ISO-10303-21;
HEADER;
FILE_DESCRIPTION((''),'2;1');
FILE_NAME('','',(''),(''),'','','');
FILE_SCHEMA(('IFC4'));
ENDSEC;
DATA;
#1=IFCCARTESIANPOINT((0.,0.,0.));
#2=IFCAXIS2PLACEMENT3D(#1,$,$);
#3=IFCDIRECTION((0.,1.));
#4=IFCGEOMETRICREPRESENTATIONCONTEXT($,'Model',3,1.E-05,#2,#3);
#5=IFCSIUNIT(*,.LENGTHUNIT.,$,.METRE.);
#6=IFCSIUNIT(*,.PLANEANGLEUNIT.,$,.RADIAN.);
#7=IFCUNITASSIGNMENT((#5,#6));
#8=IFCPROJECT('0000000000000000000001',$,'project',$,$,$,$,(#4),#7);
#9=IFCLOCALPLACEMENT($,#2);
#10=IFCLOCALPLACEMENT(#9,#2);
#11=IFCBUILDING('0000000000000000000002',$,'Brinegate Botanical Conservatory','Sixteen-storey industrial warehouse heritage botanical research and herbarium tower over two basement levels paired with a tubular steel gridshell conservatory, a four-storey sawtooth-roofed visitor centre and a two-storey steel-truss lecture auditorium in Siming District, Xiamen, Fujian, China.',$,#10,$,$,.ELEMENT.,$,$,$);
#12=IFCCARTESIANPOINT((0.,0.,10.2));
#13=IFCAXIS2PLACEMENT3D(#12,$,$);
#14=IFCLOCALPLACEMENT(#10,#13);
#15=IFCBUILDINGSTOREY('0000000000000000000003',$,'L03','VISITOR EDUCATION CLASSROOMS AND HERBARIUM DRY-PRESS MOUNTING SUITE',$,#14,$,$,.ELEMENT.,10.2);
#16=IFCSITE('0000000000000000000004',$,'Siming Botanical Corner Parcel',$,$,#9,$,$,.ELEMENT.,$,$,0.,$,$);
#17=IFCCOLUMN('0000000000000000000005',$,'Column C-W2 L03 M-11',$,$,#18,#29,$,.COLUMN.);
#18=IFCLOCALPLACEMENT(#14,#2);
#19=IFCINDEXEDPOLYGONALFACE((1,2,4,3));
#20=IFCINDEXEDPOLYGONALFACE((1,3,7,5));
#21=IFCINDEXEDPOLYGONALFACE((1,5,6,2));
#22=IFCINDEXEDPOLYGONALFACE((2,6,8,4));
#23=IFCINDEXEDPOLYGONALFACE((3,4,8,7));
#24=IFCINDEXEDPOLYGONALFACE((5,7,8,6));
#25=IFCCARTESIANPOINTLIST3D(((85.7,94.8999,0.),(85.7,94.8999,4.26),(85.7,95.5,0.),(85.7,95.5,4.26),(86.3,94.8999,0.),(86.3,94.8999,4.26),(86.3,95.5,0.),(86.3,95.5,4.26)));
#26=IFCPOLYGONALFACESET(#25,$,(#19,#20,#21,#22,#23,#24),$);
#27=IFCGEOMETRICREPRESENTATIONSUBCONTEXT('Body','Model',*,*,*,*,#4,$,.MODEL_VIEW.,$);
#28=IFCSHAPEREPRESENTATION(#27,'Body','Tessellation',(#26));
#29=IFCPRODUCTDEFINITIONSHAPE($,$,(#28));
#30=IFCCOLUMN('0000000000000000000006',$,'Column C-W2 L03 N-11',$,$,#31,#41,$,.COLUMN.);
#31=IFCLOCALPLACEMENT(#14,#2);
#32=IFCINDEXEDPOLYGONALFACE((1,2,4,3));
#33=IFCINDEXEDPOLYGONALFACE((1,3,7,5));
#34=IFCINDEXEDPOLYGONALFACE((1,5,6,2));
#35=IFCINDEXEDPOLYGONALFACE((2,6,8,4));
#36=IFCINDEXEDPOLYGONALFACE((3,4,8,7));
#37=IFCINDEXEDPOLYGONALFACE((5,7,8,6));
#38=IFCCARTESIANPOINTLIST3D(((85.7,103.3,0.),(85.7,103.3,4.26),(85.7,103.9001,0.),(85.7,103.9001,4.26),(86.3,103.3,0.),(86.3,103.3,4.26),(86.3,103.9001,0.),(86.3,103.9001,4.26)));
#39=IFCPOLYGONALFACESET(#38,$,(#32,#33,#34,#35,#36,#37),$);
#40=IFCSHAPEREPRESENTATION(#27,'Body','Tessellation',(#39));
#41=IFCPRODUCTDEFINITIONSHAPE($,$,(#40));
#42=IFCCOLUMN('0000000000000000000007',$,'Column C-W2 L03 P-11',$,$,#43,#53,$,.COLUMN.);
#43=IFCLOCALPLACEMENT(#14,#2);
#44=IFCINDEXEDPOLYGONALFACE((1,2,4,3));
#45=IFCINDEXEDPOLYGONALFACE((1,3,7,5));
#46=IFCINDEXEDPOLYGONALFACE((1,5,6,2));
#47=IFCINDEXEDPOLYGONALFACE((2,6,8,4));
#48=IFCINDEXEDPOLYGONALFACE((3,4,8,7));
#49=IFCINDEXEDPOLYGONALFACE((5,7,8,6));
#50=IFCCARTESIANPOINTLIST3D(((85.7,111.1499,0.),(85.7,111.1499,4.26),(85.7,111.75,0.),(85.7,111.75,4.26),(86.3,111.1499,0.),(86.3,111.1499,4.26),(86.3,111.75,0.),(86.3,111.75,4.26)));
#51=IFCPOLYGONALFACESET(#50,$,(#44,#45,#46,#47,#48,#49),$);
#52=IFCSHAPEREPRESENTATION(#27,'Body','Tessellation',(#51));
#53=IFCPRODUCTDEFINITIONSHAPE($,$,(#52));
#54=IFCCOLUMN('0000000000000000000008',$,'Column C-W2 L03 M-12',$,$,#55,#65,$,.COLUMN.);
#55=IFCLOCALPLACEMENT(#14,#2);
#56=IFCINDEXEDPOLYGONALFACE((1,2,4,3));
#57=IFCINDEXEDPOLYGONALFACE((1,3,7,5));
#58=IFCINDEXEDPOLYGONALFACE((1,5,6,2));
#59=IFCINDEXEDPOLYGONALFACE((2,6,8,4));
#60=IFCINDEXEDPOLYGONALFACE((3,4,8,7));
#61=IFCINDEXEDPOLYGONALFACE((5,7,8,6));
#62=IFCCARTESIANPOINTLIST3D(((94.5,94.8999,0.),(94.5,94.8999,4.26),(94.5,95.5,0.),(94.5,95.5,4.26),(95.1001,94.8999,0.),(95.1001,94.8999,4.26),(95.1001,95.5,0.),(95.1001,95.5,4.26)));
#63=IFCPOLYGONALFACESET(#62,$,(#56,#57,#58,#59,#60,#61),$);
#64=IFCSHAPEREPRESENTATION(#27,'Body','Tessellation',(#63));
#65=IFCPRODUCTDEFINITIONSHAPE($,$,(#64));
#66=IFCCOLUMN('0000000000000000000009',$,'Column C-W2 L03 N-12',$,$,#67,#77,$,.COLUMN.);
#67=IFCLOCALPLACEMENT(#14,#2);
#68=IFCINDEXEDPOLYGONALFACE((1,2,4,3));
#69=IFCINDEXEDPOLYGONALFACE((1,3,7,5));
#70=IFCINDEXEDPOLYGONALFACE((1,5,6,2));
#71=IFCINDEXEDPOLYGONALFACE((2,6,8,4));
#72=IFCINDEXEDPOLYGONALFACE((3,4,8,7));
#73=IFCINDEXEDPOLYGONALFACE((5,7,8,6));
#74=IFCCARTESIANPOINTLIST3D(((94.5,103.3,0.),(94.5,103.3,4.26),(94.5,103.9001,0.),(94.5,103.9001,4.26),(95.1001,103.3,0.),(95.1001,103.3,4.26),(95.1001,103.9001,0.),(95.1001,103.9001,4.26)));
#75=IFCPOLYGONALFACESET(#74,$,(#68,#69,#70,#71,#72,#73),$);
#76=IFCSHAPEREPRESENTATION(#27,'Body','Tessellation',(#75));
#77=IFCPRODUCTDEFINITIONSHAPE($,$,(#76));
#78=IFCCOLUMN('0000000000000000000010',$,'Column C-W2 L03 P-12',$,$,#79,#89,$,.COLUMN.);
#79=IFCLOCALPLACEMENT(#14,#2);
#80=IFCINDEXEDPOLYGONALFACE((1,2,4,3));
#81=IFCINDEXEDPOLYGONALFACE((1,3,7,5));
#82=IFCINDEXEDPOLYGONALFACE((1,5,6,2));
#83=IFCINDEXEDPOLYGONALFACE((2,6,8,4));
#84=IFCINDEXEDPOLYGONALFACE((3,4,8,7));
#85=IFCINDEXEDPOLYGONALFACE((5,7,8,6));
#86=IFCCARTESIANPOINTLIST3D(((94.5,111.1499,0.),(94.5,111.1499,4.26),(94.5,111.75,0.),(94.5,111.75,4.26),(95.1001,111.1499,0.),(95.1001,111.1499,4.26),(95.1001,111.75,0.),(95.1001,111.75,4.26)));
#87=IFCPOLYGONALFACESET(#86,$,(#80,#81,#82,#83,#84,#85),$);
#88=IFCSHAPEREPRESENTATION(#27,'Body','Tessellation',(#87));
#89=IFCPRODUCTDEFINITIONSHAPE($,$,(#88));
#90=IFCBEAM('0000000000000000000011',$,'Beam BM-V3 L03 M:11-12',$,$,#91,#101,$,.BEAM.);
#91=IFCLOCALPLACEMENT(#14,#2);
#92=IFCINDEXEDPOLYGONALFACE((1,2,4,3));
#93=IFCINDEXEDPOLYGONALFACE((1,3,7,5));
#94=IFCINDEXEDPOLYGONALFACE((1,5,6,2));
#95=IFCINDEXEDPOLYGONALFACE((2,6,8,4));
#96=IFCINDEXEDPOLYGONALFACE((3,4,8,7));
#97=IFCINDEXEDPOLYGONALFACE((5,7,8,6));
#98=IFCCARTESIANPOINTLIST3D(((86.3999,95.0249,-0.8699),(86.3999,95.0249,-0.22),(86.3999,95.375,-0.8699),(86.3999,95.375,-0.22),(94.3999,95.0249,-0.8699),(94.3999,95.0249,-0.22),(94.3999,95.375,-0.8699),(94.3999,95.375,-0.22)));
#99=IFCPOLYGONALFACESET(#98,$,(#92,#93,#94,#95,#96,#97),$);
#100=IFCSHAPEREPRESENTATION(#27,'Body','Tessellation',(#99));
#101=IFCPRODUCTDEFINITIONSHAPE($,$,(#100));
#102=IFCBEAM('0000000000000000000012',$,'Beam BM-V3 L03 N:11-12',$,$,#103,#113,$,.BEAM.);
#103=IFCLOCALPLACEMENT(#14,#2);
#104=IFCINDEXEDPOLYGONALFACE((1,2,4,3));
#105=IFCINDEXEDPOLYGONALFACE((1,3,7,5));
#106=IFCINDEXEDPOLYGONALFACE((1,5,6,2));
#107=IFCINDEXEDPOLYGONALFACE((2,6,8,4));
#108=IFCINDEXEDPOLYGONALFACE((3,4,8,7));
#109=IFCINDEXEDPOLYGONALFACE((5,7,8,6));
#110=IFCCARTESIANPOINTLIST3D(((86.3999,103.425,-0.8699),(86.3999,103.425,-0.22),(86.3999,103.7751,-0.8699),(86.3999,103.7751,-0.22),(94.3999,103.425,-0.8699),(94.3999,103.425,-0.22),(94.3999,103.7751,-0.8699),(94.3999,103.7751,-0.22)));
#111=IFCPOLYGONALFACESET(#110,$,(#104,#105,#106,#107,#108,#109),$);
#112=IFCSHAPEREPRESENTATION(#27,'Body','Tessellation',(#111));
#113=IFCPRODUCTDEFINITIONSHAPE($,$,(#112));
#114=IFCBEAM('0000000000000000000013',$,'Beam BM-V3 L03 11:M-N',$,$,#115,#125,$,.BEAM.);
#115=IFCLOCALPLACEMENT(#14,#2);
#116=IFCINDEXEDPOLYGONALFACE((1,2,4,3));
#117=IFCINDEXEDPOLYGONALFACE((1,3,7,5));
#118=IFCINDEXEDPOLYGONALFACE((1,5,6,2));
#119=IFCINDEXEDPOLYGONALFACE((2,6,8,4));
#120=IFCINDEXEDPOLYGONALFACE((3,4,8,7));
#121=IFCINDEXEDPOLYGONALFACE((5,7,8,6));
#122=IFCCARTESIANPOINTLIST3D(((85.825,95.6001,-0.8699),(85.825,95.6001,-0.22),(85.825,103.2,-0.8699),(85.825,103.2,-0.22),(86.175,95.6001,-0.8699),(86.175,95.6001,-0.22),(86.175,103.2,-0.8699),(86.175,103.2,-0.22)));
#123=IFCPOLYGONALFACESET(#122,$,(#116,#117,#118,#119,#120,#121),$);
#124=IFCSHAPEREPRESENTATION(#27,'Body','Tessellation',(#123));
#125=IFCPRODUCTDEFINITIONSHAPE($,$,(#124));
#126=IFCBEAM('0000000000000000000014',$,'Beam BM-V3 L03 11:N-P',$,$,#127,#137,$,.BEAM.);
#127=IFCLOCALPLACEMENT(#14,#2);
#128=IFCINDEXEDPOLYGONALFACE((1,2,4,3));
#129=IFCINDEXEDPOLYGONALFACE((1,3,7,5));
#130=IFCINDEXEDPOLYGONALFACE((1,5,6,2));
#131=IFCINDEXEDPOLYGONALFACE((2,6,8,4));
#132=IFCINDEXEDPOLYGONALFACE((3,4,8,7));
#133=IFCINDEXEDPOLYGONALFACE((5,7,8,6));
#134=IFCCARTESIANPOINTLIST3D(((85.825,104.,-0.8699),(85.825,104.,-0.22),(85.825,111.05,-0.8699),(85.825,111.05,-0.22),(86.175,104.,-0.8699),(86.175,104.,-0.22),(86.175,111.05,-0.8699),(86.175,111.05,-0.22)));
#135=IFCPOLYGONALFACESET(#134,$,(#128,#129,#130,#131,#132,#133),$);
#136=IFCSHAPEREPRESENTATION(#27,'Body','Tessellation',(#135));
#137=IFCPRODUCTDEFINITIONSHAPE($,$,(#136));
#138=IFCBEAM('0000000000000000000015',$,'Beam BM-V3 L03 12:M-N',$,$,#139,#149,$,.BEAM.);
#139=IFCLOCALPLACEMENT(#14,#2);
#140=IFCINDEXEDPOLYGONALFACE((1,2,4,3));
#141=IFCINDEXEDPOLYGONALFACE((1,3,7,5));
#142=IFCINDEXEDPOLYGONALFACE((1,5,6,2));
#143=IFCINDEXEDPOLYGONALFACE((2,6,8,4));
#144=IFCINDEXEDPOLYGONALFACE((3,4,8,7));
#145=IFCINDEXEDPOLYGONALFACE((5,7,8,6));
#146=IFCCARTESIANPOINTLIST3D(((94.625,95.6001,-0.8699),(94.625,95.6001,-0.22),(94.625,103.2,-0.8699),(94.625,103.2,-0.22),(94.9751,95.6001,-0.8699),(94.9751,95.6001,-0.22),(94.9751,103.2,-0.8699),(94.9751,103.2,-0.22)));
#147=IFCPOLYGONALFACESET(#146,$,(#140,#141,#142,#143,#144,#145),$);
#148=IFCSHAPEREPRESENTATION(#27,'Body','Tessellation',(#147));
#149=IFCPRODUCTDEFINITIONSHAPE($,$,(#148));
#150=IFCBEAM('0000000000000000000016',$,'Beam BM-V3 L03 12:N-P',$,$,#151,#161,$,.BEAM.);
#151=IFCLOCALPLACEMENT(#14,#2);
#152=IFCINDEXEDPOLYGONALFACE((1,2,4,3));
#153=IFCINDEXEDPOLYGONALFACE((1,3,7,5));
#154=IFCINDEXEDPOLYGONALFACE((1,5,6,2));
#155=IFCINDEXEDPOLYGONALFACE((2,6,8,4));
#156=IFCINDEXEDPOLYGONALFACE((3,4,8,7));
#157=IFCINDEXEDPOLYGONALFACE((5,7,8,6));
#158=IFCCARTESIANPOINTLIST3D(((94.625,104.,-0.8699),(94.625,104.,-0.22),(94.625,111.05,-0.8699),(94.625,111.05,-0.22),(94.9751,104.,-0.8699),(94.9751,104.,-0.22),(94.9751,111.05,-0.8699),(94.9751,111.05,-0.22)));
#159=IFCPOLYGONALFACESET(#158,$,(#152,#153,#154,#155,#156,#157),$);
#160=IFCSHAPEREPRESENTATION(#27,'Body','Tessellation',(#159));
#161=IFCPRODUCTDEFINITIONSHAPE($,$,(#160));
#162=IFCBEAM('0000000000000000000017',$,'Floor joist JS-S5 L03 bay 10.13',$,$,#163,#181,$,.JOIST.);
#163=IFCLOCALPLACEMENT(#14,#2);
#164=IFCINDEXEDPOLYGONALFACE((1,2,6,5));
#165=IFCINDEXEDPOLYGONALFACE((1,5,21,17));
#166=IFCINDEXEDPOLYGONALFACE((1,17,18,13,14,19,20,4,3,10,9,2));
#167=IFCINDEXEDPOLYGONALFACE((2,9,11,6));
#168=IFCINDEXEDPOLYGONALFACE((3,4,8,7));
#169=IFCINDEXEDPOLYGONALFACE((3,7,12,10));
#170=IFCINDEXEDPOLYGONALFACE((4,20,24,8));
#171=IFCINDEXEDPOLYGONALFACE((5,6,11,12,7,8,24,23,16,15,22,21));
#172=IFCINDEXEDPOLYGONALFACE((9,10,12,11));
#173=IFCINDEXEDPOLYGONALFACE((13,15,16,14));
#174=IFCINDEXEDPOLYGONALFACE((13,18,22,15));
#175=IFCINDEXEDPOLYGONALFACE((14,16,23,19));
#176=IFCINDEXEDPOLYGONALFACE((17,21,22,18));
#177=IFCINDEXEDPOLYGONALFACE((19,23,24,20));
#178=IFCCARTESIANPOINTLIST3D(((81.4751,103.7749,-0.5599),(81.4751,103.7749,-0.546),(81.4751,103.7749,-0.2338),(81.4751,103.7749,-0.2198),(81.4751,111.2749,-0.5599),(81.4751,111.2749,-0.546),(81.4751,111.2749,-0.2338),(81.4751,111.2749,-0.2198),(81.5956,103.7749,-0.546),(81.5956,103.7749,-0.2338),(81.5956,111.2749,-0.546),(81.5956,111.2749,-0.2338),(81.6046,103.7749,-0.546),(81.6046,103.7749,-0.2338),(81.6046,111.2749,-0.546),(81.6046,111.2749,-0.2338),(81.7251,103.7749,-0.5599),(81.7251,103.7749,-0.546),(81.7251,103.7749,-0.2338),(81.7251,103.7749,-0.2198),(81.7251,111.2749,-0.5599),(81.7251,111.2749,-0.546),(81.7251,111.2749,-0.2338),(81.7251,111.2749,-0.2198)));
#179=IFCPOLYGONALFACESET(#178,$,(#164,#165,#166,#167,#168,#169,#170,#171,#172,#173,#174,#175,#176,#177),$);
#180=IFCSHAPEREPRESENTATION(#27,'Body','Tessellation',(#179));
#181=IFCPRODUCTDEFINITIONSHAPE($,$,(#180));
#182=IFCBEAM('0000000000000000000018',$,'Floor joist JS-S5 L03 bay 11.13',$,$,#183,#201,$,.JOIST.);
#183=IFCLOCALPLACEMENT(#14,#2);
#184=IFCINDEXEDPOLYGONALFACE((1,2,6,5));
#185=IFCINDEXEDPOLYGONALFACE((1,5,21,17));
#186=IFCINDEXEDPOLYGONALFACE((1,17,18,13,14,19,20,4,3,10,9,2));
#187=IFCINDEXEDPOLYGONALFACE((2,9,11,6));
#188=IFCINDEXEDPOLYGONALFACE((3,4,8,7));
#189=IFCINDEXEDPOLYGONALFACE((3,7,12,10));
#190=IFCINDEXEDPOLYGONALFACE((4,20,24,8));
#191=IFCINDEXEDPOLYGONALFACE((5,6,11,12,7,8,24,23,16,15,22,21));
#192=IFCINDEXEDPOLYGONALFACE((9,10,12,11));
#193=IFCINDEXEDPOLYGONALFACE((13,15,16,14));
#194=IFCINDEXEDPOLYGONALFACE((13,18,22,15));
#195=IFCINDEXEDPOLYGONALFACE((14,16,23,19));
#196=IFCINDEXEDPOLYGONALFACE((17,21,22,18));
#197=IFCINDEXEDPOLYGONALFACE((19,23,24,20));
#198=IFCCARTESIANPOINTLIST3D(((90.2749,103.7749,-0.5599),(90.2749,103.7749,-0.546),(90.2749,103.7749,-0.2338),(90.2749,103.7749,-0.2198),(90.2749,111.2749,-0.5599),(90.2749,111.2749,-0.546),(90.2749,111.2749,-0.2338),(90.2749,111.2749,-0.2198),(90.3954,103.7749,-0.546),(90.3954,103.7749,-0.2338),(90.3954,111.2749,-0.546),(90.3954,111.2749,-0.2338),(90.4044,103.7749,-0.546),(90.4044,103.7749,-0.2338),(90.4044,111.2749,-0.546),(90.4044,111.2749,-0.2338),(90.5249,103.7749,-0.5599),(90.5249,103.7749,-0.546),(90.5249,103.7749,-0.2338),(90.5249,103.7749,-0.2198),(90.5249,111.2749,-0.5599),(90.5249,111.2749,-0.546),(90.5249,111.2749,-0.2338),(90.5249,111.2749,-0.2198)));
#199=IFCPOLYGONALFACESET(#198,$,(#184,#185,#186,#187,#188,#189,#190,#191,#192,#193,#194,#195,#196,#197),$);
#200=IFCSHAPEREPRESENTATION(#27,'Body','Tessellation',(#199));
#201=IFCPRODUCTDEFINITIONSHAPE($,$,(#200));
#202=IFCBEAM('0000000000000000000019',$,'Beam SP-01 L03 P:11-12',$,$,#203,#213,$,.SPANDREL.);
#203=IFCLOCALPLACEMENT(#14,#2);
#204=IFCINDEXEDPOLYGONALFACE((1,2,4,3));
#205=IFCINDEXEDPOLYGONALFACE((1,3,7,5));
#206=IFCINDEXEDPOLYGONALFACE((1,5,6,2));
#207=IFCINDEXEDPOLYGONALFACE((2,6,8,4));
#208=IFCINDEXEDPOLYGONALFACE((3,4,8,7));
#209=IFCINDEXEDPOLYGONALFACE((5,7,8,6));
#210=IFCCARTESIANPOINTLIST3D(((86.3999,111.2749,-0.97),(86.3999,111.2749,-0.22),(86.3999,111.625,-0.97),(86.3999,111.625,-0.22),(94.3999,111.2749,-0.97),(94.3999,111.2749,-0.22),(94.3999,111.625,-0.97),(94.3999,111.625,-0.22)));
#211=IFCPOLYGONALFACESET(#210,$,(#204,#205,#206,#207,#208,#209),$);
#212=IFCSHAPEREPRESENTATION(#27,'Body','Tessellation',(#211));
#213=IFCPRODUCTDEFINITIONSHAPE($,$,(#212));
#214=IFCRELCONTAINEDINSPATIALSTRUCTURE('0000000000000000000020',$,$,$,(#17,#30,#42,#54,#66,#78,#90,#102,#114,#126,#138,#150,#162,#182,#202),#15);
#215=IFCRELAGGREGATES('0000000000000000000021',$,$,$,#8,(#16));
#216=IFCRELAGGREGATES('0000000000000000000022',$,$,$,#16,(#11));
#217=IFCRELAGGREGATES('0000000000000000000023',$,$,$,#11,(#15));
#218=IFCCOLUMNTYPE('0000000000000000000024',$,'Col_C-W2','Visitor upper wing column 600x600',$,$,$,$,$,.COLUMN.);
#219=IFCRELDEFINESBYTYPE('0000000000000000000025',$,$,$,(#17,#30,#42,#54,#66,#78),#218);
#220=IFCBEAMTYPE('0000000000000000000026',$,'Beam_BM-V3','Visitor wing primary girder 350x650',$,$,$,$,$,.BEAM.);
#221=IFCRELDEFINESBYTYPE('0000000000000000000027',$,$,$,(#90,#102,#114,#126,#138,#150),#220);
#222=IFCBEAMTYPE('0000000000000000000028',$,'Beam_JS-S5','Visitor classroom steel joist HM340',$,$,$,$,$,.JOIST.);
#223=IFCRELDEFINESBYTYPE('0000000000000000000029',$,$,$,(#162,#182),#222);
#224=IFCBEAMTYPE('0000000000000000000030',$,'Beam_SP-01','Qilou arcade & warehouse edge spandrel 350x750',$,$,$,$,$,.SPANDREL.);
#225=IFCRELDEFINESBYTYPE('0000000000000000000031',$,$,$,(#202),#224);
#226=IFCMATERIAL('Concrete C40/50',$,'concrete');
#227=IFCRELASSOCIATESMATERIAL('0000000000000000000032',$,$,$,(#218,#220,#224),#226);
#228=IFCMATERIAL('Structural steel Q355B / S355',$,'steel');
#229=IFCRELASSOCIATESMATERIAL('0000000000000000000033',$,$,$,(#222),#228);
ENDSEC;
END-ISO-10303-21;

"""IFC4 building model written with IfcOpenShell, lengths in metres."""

from ifc_helpers import new_model, si_unit, direction, frame, origin, origin_2d, place, context, subcontext, project, spatial, rectangle, i_section, extrude, material, material_profile, profile_set, type_object, element, save


model = new_model("IFC4")

# Units and contexts
model_context = context("Model", 3, precision=1e-05, world=origin(), true_north=direction((0.0, 1.0)))
body_context = subcontext(model_context, "Body", "Model", "MODEL_VIEW")
ifc_project = project(units=[si_unit("LENGTHUNIT", "METRE"), si_unit("PLANEANGLEUNIT", "RADIAN")], contexts=[model_context])

# Site, building, storey
site_placement = place(None, origin())
site = spatial("IfcSite", under=ifc_project, at=site_placement, Name="Siming Botanical Corner Parcel", CompositionType="ELEMENT", RefElevation=0.0)
building_placement = place(site_placement, origin())
building = spatial("IfcBuilding", under=site, at=building_placement, Name="Brinegate Botanical Conservatory", Description="Sixteen-storey industrial warehouse heritage botanical research and herbarium tower over two basement levels paired with a tubular steel gridshell conservatory, a four-storey sawtooth-roofed visitor centre and a two-storey steel-truss lecture auditorium in Siming District, Xiamen, Fujian, China.", CompositionType="ELEMENT")
storey_placement = place(building_placement, frame((0.0, 0.0, 10.2)))
storey = spatial("IfcBuildingStorey", under=building, at=storey_placement, Name="L03", Description="VISITOR EDUCATION CLASSROOMS AND HERBARIUM DRY-PRESS MOUNTING SUITE", CompositionType="ELEMENT", Elevation=10.2)

# Columns
ifc_material_1 = material(Name="Concrete C40/50", Category="concrete")
ifc_material_profile_1 = material_profile(ifc_material_1, rectangle(XDim=0.6001, YDim=0.6001, at=origin_2d()), Name="RC COL 600x600")
ifc_profile_set_1 = profile_set([ifc_material_profile_1], Name="Concrete C40/50")
column_type = type_object("IfcColumnType", Name="Col_C-W2", Description="Visitor upper wing column 600x600", PredefinedType="COLUMN", material=ifc_profile_set_1)
for number, where, z_axis, x_axis, name in (
    (1, (86.0, 95.2, 0.0), (0.0, 0.0, 1.0), (1.0, 0.0, 0.0), "Column C-W2 L03 M-11"),
    (2, (86.0, 103.6001, 0.0), (0.0, 0.0, 1.0), (1.0, 0.0, 0.0), "Column C-W2 L03 N-11"),
    (3, (86.0, 111.45, 0.0), (0.0, 0.0, 1.0), (1.0, 0.0, 0.0), "Column C-W2 L03 P-11"),
    (4, (94.8, 95.2, 0.0), (0.0, 0.0, 1.0), (1.0, 0.0, 0.0), "Column C-W2 L03 M-12"),
    (5, (94.8, 103.6001, 0.0), (0.0, 0.0, 1.0), (1.0, 0.0, 0.0), "Column C-W2 L03 N-12"),
    (6, (94.8, 111.45, 0.0), (0.0, 0.0, 1.0), (1.0, 0.0, 0.0), "Column C-W2 L03 P-12"),
):
    element("IfcColumn", number, at=place(storey_placement, frame(where, z_axis=z_axis, x_axis=x_axis)), inside=storey, type_object=column_type, Name=name, PredefinedType="COLUMN", context=body_context, shape_type="SweptSolid", body=[
        extrude(rectangle(XDim=0.6001, YDim=0.6001, at=origin_2d()), origin(), (0.0, 0.0, 1.0), 4.26),
    ])

# Beams
ifc_material_profile_2 = material_profile(ifc_material_1, rectangle(XDim=0.3501, YDim=0.6499, at=origin_2d()), Name="RC BM 350x650")
ifc_profile_set_2 = profile_set([ifc_material_profile_2], Name="Concrete C40/50")
beam_type_1 = type_object("IfcBeamType", Name="Beam_BM-V3", Description="Visitor wing primary girder 350x650", PredefinedType="BEAM", material=ifc_profile_set_2)
for number, where, z_axis, x_axis, name in (
    (7, (86.3999, 95.2, -0.5449), (1.0, 0.0, 0.0), (0.0, 1.0, 0.0), "Beam BM-V3 L03 M:11-12"),
    (8, (86.3999, 103.6001, -0.5449), (1.0, 0.0, 0.0), (0.0, 1.0, 0.0), "Beam BM-V3 L03 N:11-12"),
):
    element("IfcBeam", number, at=place(storey_placement, frame(where, z_axis=z_axis, x_axis=x_axis)), inside=storey, type_object=beam_type_1, Name=name, PredefinedType="BEAM", context=body_context, shape_type="SweptSolid", body=[
        extrude(rectangle(XDim=0.3501, YDim=0.6499, at=origin_2d()), origin(), (0.0, 0.0, 1.0), 8.0),
    ])
beam_1_placement = place(storey_placement, frame((86.0, 95.6001, -0.5449), z_axis=(0.0, 1.0, 0.0), x_axis=(-1.0, 0.0, 0.0)))
element("IfcBeam", 9, at=beam_1_placement, inside=storey, type_object=beam_type_1, Name="Beam BM-V3 L03 11:M-N", PredefinedType="BEAM", context=body_context, shape_type="SweptSolid", body=[
    extrude(rectangle(XDim=0.3501, YDim=0.6499, at=origin_2d()), origin(), (0.0, 0.0, 1.0), 7.5999),
])
beam_2_placement = place(storey_placement, frame((86.0, 104.0, -0.5449), z_axis=(0.0, 1.0, 0.0), x_axis=(-1.0, 0.0, 0.0)))
element("IfcBeam", 10, at=beam_2_placement, inside=storey, type_object=beam_type_1, Name="Beam BM-V3 L03 11:N-P", PredefinedType="BEAM", context=body_context, shape_type="SweptSolid", body=[
    extrude(rectangle(XDim=0.3501, YDim=0.6499, at=origin_2d()), origin(), (0.0, 0.0, 1.0), 7.05),
])
beam_3_placement = place(storey_placement, frame((94.8, 95.6001, -0.5449), z_axis=(0.0, 1.0, 0.0), x_axis=(-1.0, 0.0, 0.0)))
element("IfcBeam", 11, at=beam_3_placement, inside=storey, type_object=beam_type_1, Name="Beam BM-V3 L03 12:M-N", PredefinedType="BEAM", context=body_context, shape_type="SweptSolid", body=[
    extrude(rectangle(XDim=0.3501, YDim=0.6499, at=origin_2d()), origin(), (0.0, 0.0, 1.0), 7.5999),
])
beam_4_placement = place(storey_placement, frame((94.8, 104.0, -0.5449), z_axis=(0.0, 1.0, 0.0), x_axis=(-1.0, 0.0, 0.0)))
element("IfcBeam", 12, at=beam_4_placement, inside=storey, type_object=beam_type_1, Name="Beam BM-V3 L03 12:N-P", PredefinedType="BEAM", context=body_context, shape_type="SweptSolid", body=[
    extrude(rectangle(XDim=0.3501, YDim=0.6499, at=origin_2d()), origin(), (0.0, 0.0, 1.0), 7.05),
])
ifc_material_2 = material(Name="Structural steel Q355B / S355", Category="steel")
ifc_material_profile_3 = material_profile(ifc_material_2, i_section(OverallWidth=0.25, OverallDepth=0.3401, WebThickness=0.009, FlangeThickness=0.0139, at=origin_2d()), Name="HM 340x250x9x14")
ifc_profile_set_3 = profile_set([ifc_material_profile_3], Name="Structural steel Q355B / S355")
beam_type_2 = type_object("IfcBeamType", Name="Beam_JS-S5", Description="Visitor classroom steel joist HM340", PredefinedType="JOIST", material=ifc_profile_set_3)
for number, where, z_axis, x_axis, name in (
    (13, (81.6001, 103.7749, -0.3899), (0.0, 1.0, 0.0), (-1.0, 0.0, 0.0), "Floor joist JS-S5 L03 bay 10.13"),
    (14, (90.3999, 103.7749, -0.3899), (0.0, 1.0, 0.0), (-1.0, 0.0, 0.0), "Floor joist JS-S5 L03 bay 11.13"),
):
    element("IfcBeam", number, at=place(storey_placement, frame(where, z_axis=z_axis, x_axis=x_axis)), inside=storey, type_object=beam_type_2, Name=name, PredefinedType="JOIST", context=body_context, shape_type="SweptSolid", body=[
        extrude(i_section(OverallWidth=0.25, OverallDepth=0.3401, WebThickness=0.009, FlangeThickness=0.0139, at=origin_2d()), origin(), (0.0, 0.0, 1.0), 7.5),
    ])
ifc_material_profile_4 = material_profile(ifc_material_1, rectangle(XDim=0.3501, YDim=0.75, at=origin_2d()), Name="RC SPN 350x750")
ifc_profile_set_4 = profile_set([ifc_material_profile_4], Name="Concrete C40/50")
beam_type_3 = type_object("IfcBeamType", Name="Beam_SP-01", Description="Qilou arcade & warehouse edge spandrel 350x750", PredefinedType="SPANDREL", material=ifc_profile_set_4)
beam_5_placement = place(storey_placement, frame((86.3999, 111.45, -0.595), z_axis=(1.0, 0.0, 0.0), x_axis=(0.0, 1.0, 0.0)))
element("IfcBeam", 15, at=beam_5_placement, inside=storey, type_object=beam_type_3, Name="Beam SP-01 L03 P:11-12", PredefinedType="SPANDREL", context=body_context, shape_type="SweptSolid", body=[
    extrude(rectangle(XDim=0.3501, YDim=0.75, at=origin_2d()), origin(), (0.0, 0.0, 1.0), 8.0),
])

save(model, "model.ifc")
